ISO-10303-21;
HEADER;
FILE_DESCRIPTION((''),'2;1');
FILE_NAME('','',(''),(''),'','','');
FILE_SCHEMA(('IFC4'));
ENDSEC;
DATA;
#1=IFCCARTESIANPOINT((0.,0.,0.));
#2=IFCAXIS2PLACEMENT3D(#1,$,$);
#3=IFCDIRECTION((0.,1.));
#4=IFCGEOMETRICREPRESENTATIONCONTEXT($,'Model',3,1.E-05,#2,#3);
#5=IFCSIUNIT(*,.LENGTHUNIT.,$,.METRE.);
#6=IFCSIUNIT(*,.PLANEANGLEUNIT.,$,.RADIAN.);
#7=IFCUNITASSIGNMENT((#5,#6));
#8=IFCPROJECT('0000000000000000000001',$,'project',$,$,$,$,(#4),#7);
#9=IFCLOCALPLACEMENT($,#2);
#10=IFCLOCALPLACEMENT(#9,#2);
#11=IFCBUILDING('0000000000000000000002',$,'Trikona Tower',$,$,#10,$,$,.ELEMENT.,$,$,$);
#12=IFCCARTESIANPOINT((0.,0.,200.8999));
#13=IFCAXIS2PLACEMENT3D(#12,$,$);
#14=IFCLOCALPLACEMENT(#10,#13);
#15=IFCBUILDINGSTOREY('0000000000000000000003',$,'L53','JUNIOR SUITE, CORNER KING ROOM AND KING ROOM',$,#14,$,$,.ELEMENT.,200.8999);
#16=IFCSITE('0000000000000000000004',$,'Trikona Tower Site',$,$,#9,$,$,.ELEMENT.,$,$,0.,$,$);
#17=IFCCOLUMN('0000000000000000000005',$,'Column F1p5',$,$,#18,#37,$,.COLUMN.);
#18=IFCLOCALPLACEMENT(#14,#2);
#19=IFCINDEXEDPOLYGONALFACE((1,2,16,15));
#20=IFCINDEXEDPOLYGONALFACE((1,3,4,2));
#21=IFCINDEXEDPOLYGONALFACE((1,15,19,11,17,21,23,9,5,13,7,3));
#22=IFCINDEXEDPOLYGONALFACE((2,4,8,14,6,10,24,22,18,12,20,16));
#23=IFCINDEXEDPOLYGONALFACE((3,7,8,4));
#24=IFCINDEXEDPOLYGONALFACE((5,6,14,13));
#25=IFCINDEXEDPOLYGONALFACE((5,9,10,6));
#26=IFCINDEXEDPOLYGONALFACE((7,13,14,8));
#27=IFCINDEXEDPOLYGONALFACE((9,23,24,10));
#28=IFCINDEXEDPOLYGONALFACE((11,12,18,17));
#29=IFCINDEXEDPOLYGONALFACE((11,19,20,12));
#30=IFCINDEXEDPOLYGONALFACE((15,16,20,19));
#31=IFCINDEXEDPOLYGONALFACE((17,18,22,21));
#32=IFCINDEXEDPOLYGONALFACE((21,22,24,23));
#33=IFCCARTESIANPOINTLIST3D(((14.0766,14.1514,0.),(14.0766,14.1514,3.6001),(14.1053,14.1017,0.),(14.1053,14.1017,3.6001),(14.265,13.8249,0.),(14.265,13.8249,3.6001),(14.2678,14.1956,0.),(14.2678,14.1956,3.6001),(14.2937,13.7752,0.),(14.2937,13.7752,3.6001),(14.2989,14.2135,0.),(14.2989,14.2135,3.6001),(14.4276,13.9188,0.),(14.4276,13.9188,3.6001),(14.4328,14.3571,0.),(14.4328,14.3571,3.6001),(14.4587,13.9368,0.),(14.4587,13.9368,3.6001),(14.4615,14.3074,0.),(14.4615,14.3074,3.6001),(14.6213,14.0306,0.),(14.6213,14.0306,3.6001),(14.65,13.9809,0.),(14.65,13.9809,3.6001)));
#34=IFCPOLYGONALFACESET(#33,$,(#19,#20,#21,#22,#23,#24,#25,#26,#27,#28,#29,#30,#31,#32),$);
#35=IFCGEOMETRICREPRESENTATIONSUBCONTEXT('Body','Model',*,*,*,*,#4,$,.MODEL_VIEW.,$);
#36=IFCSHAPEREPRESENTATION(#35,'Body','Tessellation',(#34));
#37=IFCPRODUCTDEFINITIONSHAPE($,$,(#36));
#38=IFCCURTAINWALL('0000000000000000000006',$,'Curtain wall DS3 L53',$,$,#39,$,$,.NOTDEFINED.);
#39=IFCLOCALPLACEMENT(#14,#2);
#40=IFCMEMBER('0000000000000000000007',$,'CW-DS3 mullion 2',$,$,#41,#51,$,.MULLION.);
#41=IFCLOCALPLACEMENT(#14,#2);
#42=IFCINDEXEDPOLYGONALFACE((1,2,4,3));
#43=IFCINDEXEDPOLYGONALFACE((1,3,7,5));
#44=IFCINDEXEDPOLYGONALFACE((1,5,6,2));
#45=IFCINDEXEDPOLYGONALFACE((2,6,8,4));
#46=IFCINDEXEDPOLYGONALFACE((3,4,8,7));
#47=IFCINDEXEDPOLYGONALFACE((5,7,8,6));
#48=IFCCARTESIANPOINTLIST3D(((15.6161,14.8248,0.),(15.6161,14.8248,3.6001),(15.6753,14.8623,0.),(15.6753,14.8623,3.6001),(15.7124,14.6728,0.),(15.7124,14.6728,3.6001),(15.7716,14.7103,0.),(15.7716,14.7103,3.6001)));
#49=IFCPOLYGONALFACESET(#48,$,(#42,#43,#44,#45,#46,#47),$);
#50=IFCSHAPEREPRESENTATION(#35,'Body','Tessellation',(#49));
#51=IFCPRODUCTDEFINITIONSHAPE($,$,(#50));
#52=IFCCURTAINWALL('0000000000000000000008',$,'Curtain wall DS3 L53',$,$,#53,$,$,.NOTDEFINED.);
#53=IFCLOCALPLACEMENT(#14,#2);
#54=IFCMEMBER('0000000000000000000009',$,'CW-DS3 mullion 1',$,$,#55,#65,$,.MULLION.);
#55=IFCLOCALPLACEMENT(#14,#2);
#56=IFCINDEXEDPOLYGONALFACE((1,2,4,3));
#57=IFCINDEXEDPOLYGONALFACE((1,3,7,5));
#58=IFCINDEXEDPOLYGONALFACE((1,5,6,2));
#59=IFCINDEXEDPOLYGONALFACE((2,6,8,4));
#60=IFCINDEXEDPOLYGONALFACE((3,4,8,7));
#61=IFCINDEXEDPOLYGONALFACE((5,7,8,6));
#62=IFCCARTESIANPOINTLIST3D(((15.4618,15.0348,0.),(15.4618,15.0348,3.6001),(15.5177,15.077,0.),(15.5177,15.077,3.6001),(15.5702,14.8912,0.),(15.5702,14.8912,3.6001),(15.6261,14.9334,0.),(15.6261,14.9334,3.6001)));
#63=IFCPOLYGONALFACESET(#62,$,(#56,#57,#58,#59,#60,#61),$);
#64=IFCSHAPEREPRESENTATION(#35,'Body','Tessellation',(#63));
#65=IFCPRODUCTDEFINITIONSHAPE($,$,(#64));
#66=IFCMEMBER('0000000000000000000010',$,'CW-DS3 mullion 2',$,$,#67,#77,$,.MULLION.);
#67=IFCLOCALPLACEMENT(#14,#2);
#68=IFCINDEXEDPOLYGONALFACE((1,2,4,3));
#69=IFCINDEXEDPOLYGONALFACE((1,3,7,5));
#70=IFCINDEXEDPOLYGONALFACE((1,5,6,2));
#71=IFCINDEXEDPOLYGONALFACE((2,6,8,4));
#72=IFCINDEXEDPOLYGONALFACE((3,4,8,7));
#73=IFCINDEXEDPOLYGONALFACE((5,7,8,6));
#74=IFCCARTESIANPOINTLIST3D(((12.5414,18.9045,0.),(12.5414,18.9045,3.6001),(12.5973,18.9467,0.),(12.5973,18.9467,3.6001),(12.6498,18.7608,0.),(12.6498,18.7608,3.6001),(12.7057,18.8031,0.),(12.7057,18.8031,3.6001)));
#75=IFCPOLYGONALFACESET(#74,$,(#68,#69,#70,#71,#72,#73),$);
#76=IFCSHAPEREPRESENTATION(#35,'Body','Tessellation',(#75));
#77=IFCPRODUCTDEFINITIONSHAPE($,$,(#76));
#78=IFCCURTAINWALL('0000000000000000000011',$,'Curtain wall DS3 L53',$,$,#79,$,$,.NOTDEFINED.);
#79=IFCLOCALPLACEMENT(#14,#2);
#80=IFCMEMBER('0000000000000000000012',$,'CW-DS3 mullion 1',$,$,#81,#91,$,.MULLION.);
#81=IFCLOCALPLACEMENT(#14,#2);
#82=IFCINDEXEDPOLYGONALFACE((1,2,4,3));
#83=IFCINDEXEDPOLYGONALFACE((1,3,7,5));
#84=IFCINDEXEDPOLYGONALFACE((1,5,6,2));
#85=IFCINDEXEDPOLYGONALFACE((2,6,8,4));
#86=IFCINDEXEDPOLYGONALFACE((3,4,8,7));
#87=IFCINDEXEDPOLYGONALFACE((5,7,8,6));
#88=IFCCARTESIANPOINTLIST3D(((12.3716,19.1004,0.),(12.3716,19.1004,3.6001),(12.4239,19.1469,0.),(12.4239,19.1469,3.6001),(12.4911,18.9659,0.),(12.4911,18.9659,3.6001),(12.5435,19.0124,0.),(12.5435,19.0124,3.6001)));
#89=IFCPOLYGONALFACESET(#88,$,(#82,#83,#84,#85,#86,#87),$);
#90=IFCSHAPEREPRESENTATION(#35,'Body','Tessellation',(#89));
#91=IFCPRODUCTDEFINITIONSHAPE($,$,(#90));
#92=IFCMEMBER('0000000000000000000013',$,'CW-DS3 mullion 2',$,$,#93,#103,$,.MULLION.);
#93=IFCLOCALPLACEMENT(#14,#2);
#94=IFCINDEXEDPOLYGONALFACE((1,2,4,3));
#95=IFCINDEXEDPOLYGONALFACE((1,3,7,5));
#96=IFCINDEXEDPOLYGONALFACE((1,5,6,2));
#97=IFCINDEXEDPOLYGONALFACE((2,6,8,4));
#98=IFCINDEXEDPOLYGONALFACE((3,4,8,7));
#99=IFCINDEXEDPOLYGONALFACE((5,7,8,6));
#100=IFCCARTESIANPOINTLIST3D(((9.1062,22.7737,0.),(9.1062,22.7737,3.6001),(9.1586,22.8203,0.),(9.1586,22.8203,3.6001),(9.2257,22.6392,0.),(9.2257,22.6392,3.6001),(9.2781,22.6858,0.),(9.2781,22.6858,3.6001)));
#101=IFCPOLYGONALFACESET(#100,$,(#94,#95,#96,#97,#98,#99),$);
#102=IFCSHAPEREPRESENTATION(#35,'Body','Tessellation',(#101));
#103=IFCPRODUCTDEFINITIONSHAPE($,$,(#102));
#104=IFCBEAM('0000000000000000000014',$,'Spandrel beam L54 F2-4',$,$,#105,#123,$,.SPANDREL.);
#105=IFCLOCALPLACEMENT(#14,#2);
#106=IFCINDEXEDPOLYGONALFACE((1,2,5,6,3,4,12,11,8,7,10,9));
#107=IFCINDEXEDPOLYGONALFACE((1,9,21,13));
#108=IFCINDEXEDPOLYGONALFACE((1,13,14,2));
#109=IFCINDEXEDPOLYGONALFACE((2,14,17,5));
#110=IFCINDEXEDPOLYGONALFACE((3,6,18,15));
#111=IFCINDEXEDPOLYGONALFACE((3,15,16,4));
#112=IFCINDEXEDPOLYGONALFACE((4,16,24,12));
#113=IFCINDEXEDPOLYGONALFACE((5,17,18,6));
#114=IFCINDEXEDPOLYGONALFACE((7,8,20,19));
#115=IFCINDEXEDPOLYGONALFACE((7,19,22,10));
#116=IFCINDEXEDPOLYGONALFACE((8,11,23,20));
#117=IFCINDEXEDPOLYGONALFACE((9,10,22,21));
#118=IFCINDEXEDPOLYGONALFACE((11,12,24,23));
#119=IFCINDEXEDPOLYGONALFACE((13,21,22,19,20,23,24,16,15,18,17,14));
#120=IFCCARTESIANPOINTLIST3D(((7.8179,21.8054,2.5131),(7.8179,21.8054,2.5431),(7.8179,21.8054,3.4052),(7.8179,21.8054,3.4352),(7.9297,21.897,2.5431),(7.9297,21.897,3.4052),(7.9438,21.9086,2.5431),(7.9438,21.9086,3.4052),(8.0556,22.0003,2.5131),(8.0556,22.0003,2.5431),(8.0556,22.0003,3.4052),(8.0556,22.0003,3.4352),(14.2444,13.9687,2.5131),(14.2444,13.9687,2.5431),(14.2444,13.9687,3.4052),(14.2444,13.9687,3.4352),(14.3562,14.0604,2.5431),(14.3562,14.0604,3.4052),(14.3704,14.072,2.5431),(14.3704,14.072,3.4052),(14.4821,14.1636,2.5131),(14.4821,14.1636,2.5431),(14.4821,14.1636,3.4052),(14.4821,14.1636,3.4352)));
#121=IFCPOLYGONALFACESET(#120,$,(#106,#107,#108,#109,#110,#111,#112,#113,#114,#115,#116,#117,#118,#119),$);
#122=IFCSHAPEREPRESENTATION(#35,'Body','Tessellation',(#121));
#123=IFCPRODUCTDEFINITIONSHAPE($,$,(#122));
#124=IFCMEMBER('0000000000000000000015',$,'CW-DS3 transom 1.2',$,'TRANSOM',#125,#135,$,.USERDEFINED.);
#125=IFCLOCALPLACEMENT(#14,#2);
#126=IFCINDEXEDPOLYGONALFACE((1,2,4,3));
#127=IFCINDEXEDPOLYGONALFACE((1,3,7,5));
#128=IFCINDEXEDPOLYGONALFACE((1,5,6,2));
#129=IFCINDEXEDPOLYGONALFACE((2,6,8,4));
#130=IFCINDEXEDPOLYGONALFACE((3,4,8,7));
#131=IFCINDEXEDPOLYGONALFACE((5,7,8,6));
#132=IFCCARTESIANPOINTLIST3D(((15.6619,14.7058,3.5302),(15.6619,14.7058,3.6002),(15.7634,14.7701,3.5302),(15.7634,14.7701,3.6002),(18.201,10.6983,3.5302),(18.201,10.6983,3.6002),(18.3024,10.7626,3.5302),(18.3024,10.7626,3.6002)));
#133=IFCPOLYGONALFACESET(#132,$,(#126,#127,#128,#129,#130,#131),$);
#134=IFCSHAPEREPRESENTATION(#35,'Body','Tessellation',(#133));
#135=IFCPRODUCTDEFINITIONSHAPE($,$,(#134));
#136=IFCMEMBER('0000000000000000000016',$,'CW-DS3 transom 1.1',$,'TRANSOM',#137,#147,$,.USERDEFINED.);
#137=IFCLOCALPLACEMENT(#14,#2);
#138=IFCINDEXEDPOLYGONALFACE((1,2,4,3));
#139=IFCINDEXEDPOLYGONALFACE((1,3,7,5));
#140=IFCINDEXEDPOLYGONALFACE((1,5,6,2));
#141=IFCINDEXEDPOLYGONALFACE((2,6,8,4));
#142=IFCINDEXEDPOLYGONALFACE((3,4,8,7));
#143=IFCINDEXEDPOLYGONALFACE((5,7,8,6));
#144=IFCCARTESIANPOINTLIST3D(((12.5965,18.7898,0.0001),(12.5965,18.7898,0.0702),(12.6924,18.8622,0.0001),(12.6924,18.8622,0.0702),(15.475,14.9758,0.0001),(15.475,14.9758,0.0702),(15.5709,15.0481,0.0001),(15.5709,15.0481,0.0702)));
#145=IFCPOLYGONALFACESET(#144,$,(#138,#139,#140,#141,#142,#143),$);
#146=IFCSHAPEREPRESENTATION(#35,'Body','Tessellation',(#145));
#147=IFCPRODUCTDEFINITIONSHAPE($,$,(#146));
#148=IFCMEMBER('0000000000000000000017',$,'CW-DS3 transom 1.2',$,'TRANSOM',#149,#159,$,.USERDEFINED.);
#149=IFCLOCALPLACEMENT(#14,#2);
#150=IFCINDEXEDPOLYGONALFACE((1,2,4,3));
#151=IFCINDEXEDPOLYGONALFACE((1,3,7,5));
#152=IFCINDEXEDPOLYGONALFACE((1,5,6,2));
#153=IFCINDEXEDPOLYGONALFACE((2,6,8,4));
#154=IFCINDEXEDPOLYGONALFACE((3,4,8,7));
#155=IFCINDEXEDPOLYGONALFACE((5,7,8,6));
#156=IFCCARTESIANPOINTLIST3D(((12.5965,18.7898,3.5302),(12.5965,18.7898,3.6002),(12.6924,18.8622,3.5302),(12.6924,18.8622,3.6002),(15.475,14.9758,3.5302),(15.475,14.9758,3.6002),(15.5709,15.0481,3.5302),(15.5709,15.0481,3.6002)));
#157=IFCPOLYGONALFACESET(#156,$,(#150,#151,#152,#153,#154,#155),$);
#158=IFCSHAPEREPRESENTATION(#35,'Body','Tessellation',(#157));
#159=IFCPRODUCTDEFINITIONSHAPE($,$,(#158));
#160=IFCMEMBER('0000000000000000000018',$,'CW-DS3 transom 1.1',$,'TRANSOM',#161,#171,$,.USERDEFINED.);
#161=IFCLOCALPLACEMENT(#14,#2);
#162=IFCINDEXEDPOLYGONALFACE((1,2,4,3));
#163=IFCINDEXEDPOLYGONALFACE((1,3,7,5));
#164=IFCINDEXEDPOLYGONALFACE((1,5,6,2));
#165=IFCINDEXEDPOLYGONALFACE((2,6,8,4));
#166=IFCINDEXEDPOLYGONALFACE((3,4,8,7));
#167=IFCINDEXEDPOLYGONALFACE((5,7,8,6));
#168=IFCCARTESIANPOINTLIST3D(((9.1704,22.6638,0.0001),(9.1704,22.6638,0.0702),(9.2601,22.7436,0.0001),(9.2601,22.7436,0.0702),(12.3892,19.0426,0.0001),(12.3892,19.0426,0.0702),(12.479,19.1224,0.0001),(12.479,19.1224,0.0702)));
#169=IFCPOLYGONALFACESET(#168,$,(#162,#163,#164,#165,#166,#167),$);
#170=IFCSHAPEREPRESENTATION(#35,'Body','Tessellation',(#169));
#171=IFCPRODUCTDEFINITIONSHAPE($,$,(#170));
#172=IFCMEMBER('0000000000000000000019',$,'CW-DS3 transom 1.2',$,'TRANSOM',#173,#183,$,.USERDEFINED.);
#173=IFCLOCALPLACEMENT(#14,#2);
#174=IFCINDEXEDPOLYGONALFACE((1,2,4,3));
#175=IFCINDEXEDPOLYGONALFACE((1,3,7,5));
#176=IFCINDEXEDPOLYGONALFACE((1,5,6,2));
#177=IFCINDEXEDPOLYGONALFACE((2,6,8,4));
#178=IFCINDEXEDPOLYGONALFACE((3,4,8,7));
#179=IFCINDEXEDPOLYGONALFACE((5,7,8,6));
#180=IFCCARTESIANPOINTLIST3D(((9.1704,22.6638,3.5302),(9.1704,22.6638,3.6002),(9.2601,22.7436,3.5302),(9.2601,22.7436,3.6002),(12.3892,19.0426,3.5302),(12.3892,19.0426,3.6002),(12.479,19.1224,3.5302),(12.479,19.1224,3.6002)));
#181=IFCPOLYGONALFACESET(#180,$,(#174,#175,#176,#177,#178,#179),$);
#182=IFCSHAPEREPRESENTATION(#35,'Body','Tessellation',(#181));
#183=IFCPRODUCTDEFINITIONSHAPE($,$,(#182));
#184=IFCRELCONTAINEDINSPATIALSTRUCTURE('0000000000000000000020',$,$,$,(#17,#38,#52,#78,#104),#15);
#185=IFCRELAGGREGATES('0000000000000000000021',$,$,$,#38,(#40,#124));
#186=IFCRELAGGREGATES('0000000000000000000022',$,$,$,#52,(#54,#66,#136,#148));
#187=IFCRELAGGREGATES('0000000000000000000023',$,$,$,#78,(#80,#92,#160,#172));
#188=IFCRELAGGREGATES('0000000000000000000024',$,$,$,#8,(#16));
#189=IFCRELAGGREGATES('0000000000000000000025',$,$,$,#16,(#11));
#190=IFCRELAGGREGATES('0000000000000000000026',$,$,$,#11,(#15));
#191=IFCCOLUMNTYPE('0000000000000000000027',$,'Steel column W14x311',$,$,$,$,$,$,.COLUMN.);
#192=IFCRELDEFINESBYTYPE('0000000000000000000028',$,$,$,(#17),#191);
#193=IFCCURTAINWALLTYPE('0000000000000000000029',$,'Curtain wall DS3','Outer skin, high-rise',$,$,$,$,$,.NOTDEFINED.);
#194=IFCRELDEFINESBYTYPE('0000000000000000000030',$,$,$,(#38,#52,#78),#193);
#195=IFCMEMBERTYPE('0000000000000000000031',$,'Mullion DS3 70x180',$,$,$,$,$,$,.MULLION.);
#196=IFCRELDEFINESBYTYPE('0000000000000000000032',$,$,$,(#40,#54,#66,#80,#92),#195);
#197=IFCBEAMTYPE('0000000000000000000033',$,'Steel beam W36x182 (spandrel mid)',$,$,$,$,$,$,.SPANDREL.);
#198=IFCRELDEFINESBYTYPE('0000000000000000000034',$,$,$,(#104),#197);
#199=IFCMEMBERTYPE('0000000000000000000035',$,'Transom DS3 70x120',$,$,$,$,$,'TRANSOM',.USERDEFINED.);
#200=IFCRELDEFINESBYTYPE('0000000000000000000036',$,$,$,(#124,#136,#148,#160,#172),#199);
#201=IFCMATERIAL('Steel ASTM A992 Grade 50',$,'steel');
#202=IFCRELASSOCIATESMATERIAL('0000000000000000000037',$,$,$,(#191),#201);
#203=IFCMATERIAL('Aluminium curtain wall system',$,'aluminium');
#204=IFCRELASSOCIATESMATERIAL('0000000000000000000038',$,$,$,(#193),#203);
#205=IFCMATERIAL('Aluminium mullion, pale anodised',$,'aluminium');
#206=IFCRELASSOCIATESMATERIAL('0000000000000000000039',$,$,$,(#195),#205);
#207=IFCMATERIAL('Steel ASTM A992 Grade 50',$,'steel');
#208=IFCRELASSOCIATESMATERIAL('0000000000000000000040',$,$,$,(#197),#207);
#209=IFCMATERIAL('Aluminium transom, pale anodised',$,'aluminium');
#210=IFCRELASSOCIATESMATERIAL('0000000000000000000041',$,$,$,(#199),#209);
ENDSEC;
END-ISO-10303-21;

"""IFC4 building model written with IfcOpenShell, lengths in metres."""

from ifc_helpers import new_model, si_unit, direction, frame, origin, origin_2d, place, context, subcontext, project, spatial, rectangle, i_section, extrude, material, material_profile, profile_set, type_object, element, aggregate, save


model = new_model("IFC4")

# Units and contexts
model_context = context("Model", 3, precision=1e-05, world=origin(), true_north=direction((0.0, 1.0)))
body_context = subcontext(model_context, "Body", "Model", "MODEL_VIEW")
ifc_project = project(units=[si_unit("LENGTHUNIT", "METRE"), si_unit("PLANEANGLEUNIT", "RADIAN")], contexts=[model_context])

# Site, building, storey
site_placement = place(None, origin())
site = spatial("IfcSite", under=ifc_project, at=site_placement, Name="Trikona Tower Site", CompositionType="ELEMENT", RefElevation=0.0)
building_placement = place(site_placement, origin())
building = spatial("IfcBuilding", under=site, at=building_placement, Name="Trikona Tower", CompositionType="ELEMENT")
storey_placement = place(building_placement, frame((0.0, 0.0, 200.8999)))
storey = spatial("IfcBuildingStorey", under=building, at=storey_placement, Name="L53", Description="JUNIOR SUITE, CORNER KING ROOM AND KING ROOM", CompositionType="ELEMENT", Elevation=200.8999)

# Column
ifc_material_1 = material(Name="Steel ASTM A992 Grade 50", Category="steel")
ifc_material_profile_1 = material_profile(ifc_material_1, i_section(OverallWidth=0.4114, OverallDepth=0.4343, WebThickness=0.0359, FlangeThickness=0.0574, at=origin_2d()), Name="W14X311")
ifc_profile_set_1 = profile_set([ifc_material_profile_1], Name="Steel ASTM A992 Grade 50")
column_type = type_object("IfcColumnType", Name="Steel column W14x311", PredefinedType="COLUMN", material=ifc_profile_set_1)
column_placement = place(storey_placement, frame((14.3633, 14.0662, 0.0), z_axis=(0.0, 0.0, 1.0), x_axis=(0.866025, 0.5, 0.0)))
element("IfcColumn", 1, at=column_placement, inside=storey, type_object=column_type, Name="Column F1p5", PredefinedType="COLUMN", context=body_context, shape_type="SweptSolid", body=[
    extrude(i_section(OverallWidth=0.4114, OverallDepth=0.4343, WebThickness=0.0359, FlangeThickness=0.0574, at=origin_2d()), origin(), (0.0, 0.0, 1.0), 3.6001),
])

# Curtain wall, member
ifc_material_2 = material(Name="Aluminium curtain wall system", Category="aluminium")
curtain_wall_type = type_object("IfcCurtainWallType", Name="Curtain wall DS3", Description="Outer skin, high-rise", PredefinedType="NOTDEFINED", material=ifc_material_2)
curtain_wall_1_placement = place(storey_placement, origin())
curtain_wall_1 = element("IfcCurtainWall", 2, at=curtain_wall_1_placement, inside=storey, type_object=curtain_wall_type, Name="Curtain wall DS3 L53", PredefinedType="NOTDEFINED")
ifc_material_3 = material(Name="Aluminium mullion, pale anodised", Category="aluminium")
ifc_material_profile_2 = material_profile(ifc_material_3, rectangle(XDim=0.0701, YDim=0.1799, at=origin_2d()), Name="MUL-DS3")
ifc_profile_set_2 = profile_set([ifc_material_profile_2], Name="Aluminium mullion, pale anodised")
member_type_1 = type_object("IfcMemberType", Name="Mullion DS3 70x180", PredefinedType="MULLION", material=ifc_profile_set_2)
member_1_placement = place(storey_placement, frame((15.6938, 14.7676, 0.0), z_axis=(0.0, 0.0, 1.0), x_axis=(-0.844727, -0.535197, 0.0)))
member_1 = element("IfcMember", 3, at=member_1_placement, type_object=member_type_1, Name="CW-DS3 mullion 2", PredefinedType="MULLION", context=body_context, shape_type="SweptSolid", body=[
    extrude(rectangle(XDim=0.0701, YDim=0.1799, at=origin_2d()), origin(), (0.0, 0.0, 1.0), 3.6001),
])

# Curtain walls, members
curtain_wall_2_placement = place(storey_placement, origin())
curtain_wall_2 = element("IfcCurtainWall", 4, at=curtain_wall_2_placement, inside=storey, type_object=curtain_wall_type, Name="Curtain wall DS3 L53", PredefinedType="NOTDEFINED")
member_2_placement = place(storey_placement, frame((15.5439, 14.9841, 0.0), z_axis=(0.0, 0.0, 1.0), x_axis=(-0.798193, -0.602402, 0.0)))
member_2 = element("IfcMember", 5, at=member_2_placement, type_object=member_type_1, Name="CW-DS3 mullion 1", PredefinedType="MULLION", context=body_context, shape_type="SweptSolid", body=[
    extrude(rectangle(XDim=0.0701, YDim=0.1799, at=origin_2d()), origin(), (0.0, 0.0, 1.0), 3.6001),
])
member_3_placement = place(storey_placement, frame((12.6235, 18.8538, 0.0), z_axis=(0.0, 0.0, 1.0), x_axis=(-0.798193, -0.602402, 0.0)))
member_3 = element("IfcMember", 6, at=member_3_placement, type_object=member_type_1, Name="CW-DS3 mullion 2", PredefinedType="MULLION", context=body_context, shape_type="SweptSolid", body=[
    extrude(rectangle(XDim=0.0701, YDim=0.1799, at=origin_2d()), origin(), (0.0, 0.0, 1.0), 3.6001),
])
curtain_wall_3_placement = place(storey_placement, origin())
curtain_wall_3 = element("IfcCurtainWall", 7, at=curtain_wall_3_placement, inside=storey, type_object=curtain_wall_type, Name="Curtain wall DS3 L53", PredefinedType="NOTDEFINED")
member_4_placement = place(storey_placement, frame((12.4575, 19.0564, 0.0), z_axis=(0.0, 0.0, 1.0), x_axis=(-0.747403, -0.664371, 0.0)))
member_4 = element("IfcMember", 8, at=member_4_placement, type_object=member_type_1, Name="CW-DS3 mullion 1", PredefinedType="MULLION", context=body_context, shape_type="SweptSolid", body=[
    extrude(rectangle(XDim=0.0701, YDim=0.1799, at=origin_2d()), origin(), (0.0, 0.0, 1.0), 3.6001),
])
member_5_placement = place(storey_placement, frame((9.1921, 22.7297, 0.0), z_axis=(0.0, 0.0, 1.0), x_axis=(-0.747403, -0.664371, 0.0)))
member_5 = element("IfcMember", 9, at=member_5_placement, type_object=member_type_1, Name="CW-DS3 mullion 2", PredefinedType="MULLION", context=body_context, shape_type="SweptSolid", body=[
    extrude(rectangle(XDim=0.0701, YDim=0.1799, at=origin_2d()), origin(), (0.0, 0.0, 1.0), 3.6001),
])

# Beam
ifc_material_4 = material(Name="Steel ASTM A992 Grade 50", Category="steel")
ifc_material_profile_3 = material_profile(ifc_material_4, i_section(OverallWidth=0.3074, OverallDepth=0.9221, WebThickness=0.0183, FlangeThickness=0.03, at=origin_2d()), Name="W36X182")
ifc_profile_set_3 = profile_set([ifc_material_profile_3], Name="Steel ASTM A992 Grade 50")
beam_type = type_object("IfcBeamType", Name="Steel beam W36x182 (spandrel mid)", PredefinedType="SPANDREL", material=ifc_profile_set_3)
beam_placement = place(storey_placement, frame((14.3633, 14.0662, 2.9741), z_axis=(-0.634106, 0.773246, 0.0), x_axis=(-0.773246, -0.634106, 0.0)))
element("IfcBeam", 10, at=beam_placement, inside=storey, type_object=beam_type, Name="Spandrel beam L54 F2-4", PredefinedType="SPANDREL", context=body_context, shape_type="SweptSolid", body=[
    extrude(i_section(OverallWidth=0.3074, OverallDepth=0.9221, WebThickness=0.0183, FlangeThickness=0.03, at=origin_2d()), origin(), (0.0, 0.0, 1.0), 10.1348),
])

# Members
ifc_material_5 = material(Name="Aluminium transom, pale anodised", Category="aluminium")
ifc_material_profile_4 = material_profile(ifc_material_5, rectangle(XDim=0.1201, YDim=0.0701, at=origin_2d()), Name="TRN-DS3")
ifc_profile_set_4 = profile_set([ifc_material_profile_4], Name="Aluminium transom, pale anodised")
member_type_2 = type_object("IfcMemberType", Name="Transom DS3 70x120", ElementType="TRANSOM", PredefinedType="USERDEFINED", material=ifc_profile_set_4)
member_6_placement = place(storey_placement, frame((18.2517, 10.7305, 3.5652), z_axis=(-0.535193, 0.84473, 0.0), x_axis=(-0.84473, -0.535193, 0.0)))
member_6 = element("IfcMember", 11, at=member_6_placement, type_object=member_type_2, Name="CW-DS3 transom 1.2", ObjectType="TRANSOM", PredefinedType="USERDEFINED", context=body_context, shape_type="SweptSolid", body=[
    extrude(rectangle(XDim=0.1201, YDim=0.0701, at=origin_2d()), origin(), (0.0, 0.0, 1.0), 4.7441),
])
member_7_placement = place(storey_placement, frame((15.5229, 15.012, 0.0352), z_axis=(-0.602401, 0.798194, 0.0), x_axis=(-0.798194, -0.602401, 0.0)))
member_7 = element("IfcMember", 12, at=member_7_placement, type_object=member_type_2, Name="CW-DS3 transom 1.1", ObjectType="TRANSOM", PredefinedType="USERDEFINED", context=body_context, shape_type="SweptSolid", body=[
    extrude(rectangle(XDim=0.1201, YDim=0.0701, at=origin_2d()), origin(), (0.0, 0.0, 1.0), 4.7783),
])
member_8_placement = place(storey_placement, frame((15.5229, 15.012, 3.5652), z_axis=(-0.602401, 0.798194, 0.0), x_axis=(-0.798194, -0.602401, 0.0)))
member_8 = element("IfcMember", 13, at=member_8_placement, type_object=member_type_2, Name="CW-DS3 transom 1.2", ObjectType="TRANSOM", PredefinedType="USERDEFINED", context=body_context, shape_type="SweptSolid", body=[
    extrude(rectangle(XDim=0.1201, YDim=0.0701, at=origin_2d()), origin(), (0.0, 0.0, 1.0), 4.7783),
])
member_9_placement = place(storey_placement, frame((12.4341, 19.0825, 0.0352), z_axis=(-0.664364, 0.747409, 0.0), x_axis=(-0.747409, -0.664364, 0.0)))
member_9 = element("IfcMember", 14, at=member_9_placement, type_object=member_type_2, Name="CW-DS3 transom 1.1", ObjectType="TRANSOM", PredefinedType="USERDEFINED", context=body_context, shape_type="SweptSolid", body=[
    extrude(rectangle(XDim=0.1201, YDim=0.0701, at=origin_2d()), origin(), (0.0, 0.0, 1.0), 4.845),
])
member_10_placement = place(storey_placement, frame((12.4341, 19.0825, 3.5652), z_axis=(-0.664364, 0.747409, 0.0), x_axis=(-0.747409, -0.664364, 0.0)))
member_10 = element("IfcMember", 15, at=member_10_placement, type_object=member_type_2, Name="CW-DS3 transom 1.2", ObjectType="TRANSOM", PredefinedType="USERDEFINED", context=body_context, shape_type="SweptSolid", body=[
    extrude(rectangle(XDim=0.1201, YDim=0.0701, at=origin_2d()), origin(), (0.0, 0.0, 1.0), 4.845),
])

aggregate(curtain_wall_1, [member_1, member_6])
aggregate(curtain_wall_2, [member_2, member_3, member_7, member_8])
aggregate(curtain_wall_3, [member_4, member_5, member_9, member_10])

save(model, "model.ifc")
